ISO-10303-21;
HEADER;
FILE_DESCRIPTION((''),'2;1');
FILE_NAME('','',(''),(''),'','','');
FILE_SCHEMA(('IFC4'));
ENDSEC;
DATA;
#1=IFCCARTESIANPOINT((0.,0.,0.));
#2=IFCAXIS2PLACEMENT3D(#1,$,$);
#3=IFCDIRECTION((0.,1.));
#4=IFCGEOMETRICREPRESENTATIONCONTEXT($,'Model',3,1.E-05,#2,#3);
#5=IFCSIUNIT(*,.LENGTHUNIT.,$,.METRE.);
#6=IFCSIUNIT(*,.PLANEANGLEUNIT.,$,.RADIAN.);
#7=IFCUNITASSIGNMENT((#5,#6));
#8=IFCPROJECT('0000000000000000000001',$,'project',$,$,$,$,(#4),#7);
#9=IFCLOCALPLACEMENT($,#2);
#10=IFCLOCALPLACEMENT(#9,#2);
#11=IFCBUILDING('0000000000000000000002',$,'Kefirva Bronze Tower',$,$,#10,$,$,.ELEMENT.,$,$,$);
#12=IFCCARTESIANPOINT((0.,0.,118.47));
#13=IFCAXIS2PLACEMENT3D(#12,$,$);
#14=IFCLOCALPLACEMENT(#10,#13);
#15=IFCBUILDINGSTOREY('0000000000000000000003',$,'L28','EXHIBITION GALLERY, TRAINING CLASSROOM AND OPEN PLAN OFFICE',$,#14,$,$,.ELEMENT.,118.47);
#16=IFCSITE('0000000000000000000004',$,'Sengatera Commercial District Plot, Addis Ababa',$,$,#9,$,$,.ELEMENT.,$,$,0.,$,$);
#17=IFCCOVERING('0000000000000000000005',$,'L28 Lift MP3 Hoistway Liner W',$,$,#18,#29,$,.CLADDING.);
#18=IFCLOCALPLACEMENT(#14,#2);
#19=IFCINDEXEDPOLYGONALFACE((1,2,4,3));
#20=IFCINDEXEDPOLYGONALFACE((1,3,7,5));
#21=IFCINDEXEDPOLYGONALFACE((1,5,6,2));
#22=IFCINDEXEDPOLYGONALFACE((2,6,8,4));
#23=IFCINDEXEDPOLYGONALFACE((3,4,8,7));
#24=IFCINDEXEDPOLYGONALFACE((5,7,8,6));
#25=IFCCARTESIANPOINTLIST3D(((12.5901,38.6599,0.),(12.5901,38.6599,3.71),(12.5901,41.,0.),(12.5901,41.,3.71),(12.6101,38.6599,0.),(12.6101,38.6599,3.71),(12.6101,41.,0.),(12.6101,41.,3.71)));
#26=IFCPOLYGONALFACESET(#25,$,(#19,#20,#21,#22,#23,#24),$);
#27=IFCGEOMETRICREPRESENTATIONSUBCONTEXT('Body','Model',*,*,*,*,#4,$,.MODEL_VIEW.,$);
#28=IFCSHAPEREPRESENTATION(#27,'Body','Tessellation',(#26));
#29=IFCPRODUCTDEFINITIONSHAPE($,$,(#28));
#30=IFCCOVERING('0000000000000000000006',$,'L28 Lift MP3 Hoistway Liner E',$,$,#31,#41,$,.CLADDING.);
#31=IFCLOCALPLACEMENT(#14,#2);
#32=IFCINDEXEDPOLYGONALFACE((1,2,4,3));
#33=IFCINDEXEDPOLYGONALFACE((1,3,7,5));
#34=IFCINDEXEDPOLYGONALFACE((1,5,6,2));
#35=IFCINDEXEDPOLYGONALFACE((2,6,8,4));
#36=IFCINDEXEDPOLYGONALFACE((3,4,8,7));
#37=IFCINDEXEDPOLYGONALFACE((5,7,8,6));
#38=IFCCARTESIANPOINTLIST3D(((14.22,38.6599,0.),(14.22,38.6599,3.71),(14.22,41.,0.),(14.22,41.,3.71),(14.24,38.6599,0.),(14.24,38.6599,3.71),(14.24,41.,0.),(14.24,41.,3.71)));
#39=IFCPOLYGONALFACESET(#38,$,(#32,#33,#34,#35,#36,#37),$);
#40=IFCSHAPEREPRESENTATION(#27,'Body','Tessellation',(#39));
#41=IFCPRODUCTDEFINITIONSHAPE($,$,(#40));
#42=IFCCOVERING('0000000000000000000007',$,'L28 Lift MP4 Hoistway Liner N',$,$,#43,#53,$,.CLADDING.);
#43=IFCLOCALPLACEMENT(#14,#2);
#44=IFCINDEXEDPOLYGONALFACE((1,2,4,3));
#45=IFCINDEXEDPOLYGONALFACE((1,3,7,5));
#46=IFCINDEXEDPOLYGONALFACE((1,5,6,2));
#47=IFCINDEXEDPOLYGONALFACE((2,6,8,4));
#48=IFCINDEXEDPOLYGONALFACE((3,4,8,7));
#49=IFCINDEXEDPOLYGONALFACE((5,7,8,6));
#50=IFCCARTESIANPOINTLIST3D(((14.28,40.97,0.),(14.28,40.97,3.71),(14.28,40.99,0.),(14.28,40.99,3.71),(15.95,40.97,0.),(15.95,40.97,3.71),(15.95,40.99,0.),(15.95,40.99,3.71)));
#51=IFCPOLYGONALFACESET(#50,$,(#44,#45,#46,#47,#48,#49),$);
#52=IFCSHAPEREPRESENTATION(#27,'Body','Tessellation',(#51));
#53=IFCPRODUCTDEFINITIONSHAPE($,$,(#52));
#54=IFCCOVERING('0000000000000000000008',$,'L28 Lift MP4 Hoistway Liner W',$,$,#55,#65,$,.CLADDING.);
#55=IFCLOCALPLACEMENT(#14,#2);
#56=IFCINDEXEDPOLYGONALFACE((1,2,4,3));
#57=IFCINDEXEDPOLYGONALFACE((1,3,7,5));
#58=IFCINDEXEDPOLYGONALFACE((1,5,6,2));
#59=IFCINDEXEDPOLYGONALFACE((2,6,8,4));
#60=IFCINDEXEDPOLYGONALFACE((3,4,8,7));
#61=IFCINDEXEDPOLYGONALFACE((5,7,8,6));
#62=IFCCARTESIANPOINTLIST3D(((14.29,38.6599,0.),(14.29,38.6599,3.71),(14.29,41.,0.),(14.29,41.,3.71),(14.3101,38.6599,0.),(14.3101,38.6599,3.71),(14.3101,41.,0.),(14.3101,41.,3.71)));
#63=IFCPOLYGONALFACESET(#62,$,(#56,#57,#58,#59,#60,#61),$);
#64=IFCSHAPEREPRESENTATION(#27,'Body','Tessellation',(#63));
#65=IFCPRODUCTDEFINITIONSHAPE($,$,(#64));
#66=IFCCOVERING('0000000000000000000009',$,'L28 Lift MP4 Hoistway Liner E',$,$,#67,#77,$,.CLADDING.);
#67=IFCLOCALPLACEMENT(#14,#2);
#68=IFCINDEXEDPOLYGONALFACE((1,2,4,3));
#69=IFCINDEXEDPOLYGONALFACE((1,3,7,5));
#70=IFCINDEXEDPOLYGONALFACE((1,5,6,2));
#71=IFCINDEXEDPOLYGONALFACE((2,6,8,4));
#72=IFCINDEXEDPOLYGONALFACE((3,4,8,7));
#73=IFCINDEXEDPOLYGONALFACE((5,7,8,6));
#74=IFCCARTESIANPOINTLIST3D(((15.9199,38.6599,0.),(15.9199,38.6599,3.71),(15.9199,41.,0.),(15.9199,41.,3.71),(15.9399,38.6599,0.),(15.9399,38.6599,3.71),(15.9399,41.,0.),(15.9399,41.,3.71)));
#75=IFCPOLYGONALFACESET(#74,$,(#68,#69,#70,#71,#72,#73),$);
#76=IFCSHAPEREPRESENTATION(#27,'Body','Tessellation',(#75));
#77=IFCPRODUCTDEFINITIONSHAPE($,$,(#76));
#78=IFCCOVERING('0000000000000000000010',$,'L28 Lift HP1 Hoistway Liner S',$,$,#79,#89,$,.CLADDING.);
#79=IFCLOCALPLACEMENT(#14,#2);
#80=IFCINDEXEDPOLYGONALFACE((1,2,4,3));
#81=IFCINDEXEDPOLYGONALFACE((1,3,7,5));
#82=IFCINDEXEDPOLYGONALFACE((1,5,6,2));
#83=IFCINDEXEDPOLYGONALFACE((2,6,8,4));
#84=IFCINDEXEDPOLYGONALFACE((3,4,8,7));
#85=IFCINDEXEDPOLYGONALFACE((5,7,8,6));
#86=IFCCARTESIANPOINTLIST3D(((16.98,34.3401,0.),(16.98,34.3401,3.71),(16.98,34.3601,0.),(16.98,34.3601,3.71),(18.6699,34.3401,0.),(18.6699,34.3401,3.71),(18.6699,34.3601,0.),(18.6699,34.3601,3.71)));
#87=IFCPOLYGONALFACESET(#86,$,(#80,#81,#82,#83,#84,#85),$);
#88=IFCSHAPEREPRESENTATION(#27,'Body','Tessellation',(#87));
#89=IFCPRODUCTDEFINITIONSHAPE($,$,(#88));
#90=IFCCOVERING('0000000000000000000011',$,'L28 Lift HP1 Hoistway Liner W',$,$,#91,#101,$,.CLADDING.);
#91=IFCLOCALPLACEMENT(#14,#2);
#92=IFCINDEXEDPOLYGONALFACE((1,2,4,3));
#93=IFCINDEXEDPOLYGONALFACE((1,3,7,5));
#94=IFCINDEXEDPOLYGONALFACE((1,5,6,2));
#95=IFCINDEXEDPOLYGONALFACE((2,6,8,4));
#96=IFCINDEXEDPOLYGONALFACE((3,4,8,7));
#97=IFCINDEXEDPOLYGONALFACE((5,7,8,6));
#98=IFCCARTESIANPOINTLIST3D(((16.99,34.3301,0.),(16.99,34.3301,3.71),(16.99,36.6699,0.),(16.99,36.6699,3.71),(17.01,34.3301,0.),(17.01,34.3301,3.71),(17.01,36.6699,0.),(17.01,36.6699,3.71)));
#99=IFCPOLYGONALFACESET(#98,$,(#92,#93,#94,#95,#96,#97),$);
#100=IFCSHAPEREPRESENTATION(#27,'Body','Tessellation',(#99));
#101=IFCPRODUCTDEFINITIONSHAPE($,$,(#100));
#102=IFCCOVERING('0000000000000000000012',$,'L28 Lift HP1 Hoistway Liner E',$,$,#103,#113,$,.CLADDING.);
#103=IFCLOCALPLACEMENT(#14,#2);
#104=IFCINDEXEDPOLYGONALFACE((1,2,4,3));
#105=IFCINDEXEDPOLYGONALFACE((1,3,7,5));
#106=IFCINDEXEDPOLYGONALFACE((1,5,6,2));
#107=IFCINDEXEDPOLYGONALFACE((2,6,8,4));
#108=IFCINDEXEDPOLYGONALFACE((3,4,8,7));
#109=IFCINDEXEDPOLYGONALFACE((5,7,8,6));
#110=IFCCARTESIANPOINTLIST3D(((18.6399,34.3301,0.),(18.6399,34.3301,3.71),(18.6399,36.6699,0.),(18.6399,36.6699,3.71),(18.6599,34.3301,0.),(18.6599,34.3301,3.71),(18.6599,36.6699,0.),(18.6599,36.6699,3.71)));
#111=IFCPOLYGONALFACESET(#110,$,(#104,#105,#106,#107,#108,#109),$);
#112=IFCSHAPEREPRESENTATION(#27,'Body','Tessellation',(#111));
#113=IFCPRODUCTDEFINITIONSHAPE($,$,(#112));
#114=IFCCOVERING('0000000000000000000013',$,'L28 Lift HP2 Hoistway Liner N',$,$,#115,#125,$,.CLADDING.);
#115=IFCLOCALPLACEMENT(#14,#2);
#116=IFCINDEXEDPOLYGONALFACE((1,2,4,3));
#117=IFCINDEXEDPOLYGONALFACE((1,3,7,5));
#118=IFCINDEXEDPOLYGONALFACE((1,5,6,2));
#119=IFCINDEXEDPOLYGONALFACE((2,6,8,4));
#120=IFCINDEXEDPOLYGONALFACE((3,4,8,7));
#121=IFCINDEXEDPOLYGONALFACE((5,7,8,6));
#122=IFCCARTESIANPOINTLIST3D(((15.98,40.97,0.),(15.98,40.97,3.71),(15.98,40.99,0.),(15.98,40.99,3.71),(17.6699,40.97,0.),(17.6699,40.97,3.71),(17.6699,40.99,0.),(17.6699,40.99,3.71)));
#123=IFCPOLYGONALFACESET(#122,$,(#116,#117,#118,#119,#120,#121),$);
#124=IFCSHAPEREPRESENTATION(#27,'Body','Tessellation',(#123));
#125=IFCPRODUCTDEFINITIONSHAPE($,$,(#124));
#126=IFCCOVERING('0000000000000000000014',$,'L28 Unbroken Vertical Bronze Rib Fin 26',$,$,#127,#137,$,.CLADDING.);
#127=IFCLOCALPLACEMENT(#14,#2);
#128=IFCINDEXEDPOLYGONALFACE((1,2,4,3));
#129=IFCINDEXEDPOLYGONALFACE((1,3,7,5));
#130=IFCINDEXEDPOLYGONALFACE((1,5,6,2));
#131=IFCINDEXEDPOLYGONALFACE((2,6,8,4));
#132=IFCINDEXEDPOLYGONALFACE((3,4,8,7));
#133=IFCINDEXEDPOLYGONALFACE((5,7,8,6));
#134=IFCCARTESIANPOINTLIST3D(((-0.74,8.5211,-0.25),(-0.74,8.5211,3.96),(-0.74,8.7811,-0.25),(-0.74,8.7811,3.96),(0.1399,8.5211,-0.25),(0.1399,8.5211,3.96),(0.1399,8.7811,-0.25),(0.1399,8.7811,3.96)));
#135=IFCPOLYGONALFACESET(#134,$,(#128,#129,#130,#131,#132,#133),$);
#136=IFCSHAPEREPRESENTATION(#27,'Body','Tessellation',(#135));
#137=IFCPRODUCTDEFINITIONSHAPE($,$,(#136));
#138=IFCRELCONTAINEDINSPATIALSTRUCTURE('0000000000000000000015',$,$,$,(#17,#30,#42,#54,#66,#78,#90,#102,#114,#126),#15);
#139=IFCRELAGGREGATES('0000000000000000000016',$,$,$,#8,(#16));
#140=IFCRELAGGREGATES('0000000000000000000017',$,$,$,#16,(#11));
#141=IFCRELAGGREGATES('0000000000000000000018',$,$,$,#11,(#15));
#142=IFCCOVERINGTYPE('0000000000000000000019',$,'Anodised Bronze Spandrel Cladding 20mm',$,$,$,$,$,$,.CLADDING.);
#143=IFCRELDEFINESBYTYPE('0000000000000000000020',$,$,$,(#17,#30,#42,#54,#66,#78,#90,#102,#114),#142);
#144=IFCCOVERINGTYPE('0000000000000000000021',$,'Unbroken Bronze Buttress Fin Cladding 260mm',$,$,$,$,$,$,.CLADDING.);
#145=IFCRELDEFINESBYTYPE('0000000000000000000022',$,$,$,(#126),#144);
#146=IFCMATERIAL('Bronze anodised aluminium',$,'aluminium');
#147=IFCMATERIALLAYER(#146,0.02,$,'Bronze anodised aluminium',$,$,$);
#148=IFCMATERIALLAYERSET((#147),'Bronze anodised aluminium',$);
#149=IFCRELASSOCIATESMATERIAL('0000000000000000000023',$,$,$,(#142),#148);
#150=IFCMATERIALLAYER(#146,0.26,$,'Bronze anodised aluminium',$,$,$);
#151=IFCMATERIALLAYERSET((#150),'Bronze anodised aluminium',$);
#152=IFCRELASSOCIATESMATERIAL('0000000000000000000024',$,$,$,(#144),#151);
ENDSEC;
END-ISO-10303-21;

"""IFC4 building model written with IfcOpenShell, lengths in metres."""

from ifc_helpers import new_model, si_unit, direction, frame, origin, origin_2d, place, context, subcontext, project, spatial, polyline, rectangle, outline, extrude, material, layer, layer_set, type_object, element, save


model = new_model("IFC4")

# Units and contexts
model_context = context("Model", 3, precision=1e-05, world=origin(), true_north=direction((0.0, 1.0)))
body_context = subcontext(model_context, "Body", "Model", "MODEL_VIEW")
ifc_project = project(units=[si_unit("LENGTHUNIT", "METRE"), si_unit("PLANEANGLEUNIT", "RADIAN")], contexts=[model_context])

# Site, building, storey
site_placement = place(None, origin())
site = spatial("IfcSite", under=ifc_project, at=site_placement, Name="Sengatera Commercial District Plot, Addis Ababa", CompositionType="ELEMENT", RefElevation=0.0)
building_placement = place(site_placement, origin())
building = spatial("IfcBuilding", under=site, at=building_placement, Name="Kefirva Bronze Tower", CompositionType="ELEMENT")
storey_placement = place(building_placement, frame((0.0, 0.0, 118.47)))
storey = spatial("IfcBuildingStorey", under=building, at=storey_placement, Name="L28", Description="EXHIBITION GALLERY, TRAINING CLASSROOM AND OPEN PLAN OFFICE", CompositionType="ELEMENT", Elevation=118.47)

# Coverings
ifc_material = material(Name="Bronze anodised aluminium", Category="aluminium")
ifc_layer_1 = layer(ifc_material, 0.02, Name="Bronze anodised aluminium")
ifc_layer_set_1 = layer_set([ifc_layer_1], Name="Bronze anodised aluminium")
covering_type_1 = type_object("IfcCoveringType", Name="Anodised Bronze Spandrel Cladding 20mm", PredefinedType="CLADDING", material=ifc_layer_set_1)
covering_1_placement = place(storey_placement, origin())
element("IfcCovering", 1, at=covering_1_placement, inside=storey, type_object=covering_type_1, Name="L28 Lift MP3 Hoistway Liner W", PredefinedType="CLADDING", context=body_context, shape_type="SweptSolid", body=[
    extrude(outline(polyline([(12.5901, 38.6599), (12.6101, 38.6599), (12.6101, 41.0), (12.5901, 41.0), (12.5901, 38.6599)])), origin(), (0.0, 0.0, 1.0), 3.71),
])
covering_2_placement = place(storey_placement, origin())
element("IfcCovering", 2, at=covering_2_placement, inside=storey, type_object=covering_type_1, Name="L28 Lift MP3 Hoistway Liner E", PredefinedType="CLADDING", context=body_context, shape_type="SweptSolid", body=[
    extrude(outline(polyline([(14.22, 38.6599), (14.24, 38.6599), (14.24, 41.0), (14.22, 41.0), (14.22, 38.6599)])), origin(), (0.0, 0.0, 1.0), 3.71),
])
covering_3_placement = place(storey_placement, origin())
element("IfcCovering", 3, at=covering_3_placement, inside=storey, type_object=covering_type_1, Name="L28 Lift MP4 Hoistway Liner N", PredefinedType="CLADDING", context=body_context, shape_type="SweptSolid", body=[
    extrude(outline(polyline([(14.28, 40.97), (15.95, 40.97), (15.95, 40.99), (14.28, 40.99), (14.28, 40.97)])), origin(), (0.0, 0.0, 1.0), 3.71),
])
covering_4_placement = place(storey_placement, origin())
element("IfcCovering", 4, at=covering_4_placement, inside=storey, type_object=covering_type_1, Name="L28 Lift MP4 Hoistway Liner W", PredefinedType="CLADDING", context=body_context, shape_type="SweptSolid", body=[
    extrude(outline(polyline([(14.29, 38.6599), (14.3101, 38.6599), (14.3101, 41.0), (14.29, 41.0), (14.29, 38.6599)])), origin(), (0.0, 0.0, 1.0), 3.71),
])
covering_5_placement = place(storey_placement, origin())
element("IfcCovering", 5, at=covering_5_placement, inside=storey, type_object=covering_type_1, Name="L28 Lift MP4 Hoistway Liner E", PredefinedType="CLADDING", context=body_context, shape_type="SweptSolid", body=[
    extrude(outline(polyline([(15.9199, 38.6599), (15.9399, 38.6599), (15.9399, 41.0), (15.9199, 41.0), (15.9199, 38.6599)])), origin(), (0.0, 0.0, 1.0), 3.71),
])
covering_6_placement = place(storey_placement, origin())
element("IfcCovering", 6, at=covering_6_placement, inside=storey, type_object=covering_type_1, Name="L28 Lift HP1 Hoistway Liner S", PredefinedType="CLADDING", context=body_context, shape_type="SweptSolid", body=[
    extrude(outline(polyline([(16.98, 34.3401), (18.6699, 34.3401), (18.6699, 34.3601), (16.98, 34.3601), (16.98, 34.3401)])), origin(), (0.0, 0.0, 1.0), 3.71),
])
covering_7_placement = place(storey_placement, origin())
element("IfcCovering", 7, at=covering_7_placement, inside=storey, type_object=covering_type_1, Name="L28 Lift HP1 Hoistway Liner W", PredefinedType="CLADDING", context=body_context, shape_type="SweptSolid", body=[
    extrude(outline(polyline([(16.99, 34.3301), (17.01, 34.3301), (17.01, 36.6699), (16.99, 36.6699), (16.99, 34.3301)])), origin(), (0.0, 0.0, 1.0), 3.71),
])
covering_8_placement = place(storey_placement, origin())
element("IfcCovering", 8, at=covering_8_placement, inside=storey, type_object=covering_type_1, Name="L28 Lift HP1 Hoistway Liner E", PredefinedType="CLADDING", context=body_context, shape_type="SweptSolid", body=[
    extrude(outline(polyline([(18.6399, 34.3301), (18.6599, 34.3301), (18.6599, 36.6699), (18.6399, 36.6699), (18.6399, 34.3301)])), origin(), (0.0, 0.0, 1.0), 3.71),
])
covering_9_placement = place(storey_placement, origin())
element("IfcCovering", 9, at=covering_9_placement, inside=storey, type_object=covering_type_1, Name="L28 Lift HP2 Hoistway Liner N", PredefinedType="CLADDING", context=body_context, shape_type="SweptSolid", body=[
    extrude(outline(polyline([(15.98, 40.97), (17.6699, 40.97), (17.6699, 40.99), (15.98, 40.99), (15.98, 40.97)])), origin(), (0.0, 0.0, 1.0), 3.71),
])
ifc_layer_2 = layer(ifc_material, 0.26, Name="Bronze anodised aluminium")
ifc_layer_set_2 = layer_set([ifc_layer_2], Name="Bronze anodised aluminium")
covering_type_2 = type_object("IfcCoveringType", Name="Unbroken Bronze Buttress Fin Cladding 260mm", PredefinedType="CLADDING", material=ifc_layer_set_2)
covering_10_placement = place(storey_placement, frame((-0.3, 8.6511, -0.25), z_axis=(0.0, 0.0, 1.0), x_axis=(0.0, -1.0, 0.0)))
element("IfcCovering", 10, at=covering_10_placement, inside=storey, type_object=covering_type_2, Name="L28 Unbroken Vertical Bronze Rib Fin 26", PredefinedType="CLADDING", context=body_context, shape_type="SweptSolid", body=[
    extrude(rectangle(XDim=0.26, YDim=0.8799, at=origin_2d()), origin(), (0.0, 0.0, 1.0), 4.21),
])

save(model, "model.ifc")
